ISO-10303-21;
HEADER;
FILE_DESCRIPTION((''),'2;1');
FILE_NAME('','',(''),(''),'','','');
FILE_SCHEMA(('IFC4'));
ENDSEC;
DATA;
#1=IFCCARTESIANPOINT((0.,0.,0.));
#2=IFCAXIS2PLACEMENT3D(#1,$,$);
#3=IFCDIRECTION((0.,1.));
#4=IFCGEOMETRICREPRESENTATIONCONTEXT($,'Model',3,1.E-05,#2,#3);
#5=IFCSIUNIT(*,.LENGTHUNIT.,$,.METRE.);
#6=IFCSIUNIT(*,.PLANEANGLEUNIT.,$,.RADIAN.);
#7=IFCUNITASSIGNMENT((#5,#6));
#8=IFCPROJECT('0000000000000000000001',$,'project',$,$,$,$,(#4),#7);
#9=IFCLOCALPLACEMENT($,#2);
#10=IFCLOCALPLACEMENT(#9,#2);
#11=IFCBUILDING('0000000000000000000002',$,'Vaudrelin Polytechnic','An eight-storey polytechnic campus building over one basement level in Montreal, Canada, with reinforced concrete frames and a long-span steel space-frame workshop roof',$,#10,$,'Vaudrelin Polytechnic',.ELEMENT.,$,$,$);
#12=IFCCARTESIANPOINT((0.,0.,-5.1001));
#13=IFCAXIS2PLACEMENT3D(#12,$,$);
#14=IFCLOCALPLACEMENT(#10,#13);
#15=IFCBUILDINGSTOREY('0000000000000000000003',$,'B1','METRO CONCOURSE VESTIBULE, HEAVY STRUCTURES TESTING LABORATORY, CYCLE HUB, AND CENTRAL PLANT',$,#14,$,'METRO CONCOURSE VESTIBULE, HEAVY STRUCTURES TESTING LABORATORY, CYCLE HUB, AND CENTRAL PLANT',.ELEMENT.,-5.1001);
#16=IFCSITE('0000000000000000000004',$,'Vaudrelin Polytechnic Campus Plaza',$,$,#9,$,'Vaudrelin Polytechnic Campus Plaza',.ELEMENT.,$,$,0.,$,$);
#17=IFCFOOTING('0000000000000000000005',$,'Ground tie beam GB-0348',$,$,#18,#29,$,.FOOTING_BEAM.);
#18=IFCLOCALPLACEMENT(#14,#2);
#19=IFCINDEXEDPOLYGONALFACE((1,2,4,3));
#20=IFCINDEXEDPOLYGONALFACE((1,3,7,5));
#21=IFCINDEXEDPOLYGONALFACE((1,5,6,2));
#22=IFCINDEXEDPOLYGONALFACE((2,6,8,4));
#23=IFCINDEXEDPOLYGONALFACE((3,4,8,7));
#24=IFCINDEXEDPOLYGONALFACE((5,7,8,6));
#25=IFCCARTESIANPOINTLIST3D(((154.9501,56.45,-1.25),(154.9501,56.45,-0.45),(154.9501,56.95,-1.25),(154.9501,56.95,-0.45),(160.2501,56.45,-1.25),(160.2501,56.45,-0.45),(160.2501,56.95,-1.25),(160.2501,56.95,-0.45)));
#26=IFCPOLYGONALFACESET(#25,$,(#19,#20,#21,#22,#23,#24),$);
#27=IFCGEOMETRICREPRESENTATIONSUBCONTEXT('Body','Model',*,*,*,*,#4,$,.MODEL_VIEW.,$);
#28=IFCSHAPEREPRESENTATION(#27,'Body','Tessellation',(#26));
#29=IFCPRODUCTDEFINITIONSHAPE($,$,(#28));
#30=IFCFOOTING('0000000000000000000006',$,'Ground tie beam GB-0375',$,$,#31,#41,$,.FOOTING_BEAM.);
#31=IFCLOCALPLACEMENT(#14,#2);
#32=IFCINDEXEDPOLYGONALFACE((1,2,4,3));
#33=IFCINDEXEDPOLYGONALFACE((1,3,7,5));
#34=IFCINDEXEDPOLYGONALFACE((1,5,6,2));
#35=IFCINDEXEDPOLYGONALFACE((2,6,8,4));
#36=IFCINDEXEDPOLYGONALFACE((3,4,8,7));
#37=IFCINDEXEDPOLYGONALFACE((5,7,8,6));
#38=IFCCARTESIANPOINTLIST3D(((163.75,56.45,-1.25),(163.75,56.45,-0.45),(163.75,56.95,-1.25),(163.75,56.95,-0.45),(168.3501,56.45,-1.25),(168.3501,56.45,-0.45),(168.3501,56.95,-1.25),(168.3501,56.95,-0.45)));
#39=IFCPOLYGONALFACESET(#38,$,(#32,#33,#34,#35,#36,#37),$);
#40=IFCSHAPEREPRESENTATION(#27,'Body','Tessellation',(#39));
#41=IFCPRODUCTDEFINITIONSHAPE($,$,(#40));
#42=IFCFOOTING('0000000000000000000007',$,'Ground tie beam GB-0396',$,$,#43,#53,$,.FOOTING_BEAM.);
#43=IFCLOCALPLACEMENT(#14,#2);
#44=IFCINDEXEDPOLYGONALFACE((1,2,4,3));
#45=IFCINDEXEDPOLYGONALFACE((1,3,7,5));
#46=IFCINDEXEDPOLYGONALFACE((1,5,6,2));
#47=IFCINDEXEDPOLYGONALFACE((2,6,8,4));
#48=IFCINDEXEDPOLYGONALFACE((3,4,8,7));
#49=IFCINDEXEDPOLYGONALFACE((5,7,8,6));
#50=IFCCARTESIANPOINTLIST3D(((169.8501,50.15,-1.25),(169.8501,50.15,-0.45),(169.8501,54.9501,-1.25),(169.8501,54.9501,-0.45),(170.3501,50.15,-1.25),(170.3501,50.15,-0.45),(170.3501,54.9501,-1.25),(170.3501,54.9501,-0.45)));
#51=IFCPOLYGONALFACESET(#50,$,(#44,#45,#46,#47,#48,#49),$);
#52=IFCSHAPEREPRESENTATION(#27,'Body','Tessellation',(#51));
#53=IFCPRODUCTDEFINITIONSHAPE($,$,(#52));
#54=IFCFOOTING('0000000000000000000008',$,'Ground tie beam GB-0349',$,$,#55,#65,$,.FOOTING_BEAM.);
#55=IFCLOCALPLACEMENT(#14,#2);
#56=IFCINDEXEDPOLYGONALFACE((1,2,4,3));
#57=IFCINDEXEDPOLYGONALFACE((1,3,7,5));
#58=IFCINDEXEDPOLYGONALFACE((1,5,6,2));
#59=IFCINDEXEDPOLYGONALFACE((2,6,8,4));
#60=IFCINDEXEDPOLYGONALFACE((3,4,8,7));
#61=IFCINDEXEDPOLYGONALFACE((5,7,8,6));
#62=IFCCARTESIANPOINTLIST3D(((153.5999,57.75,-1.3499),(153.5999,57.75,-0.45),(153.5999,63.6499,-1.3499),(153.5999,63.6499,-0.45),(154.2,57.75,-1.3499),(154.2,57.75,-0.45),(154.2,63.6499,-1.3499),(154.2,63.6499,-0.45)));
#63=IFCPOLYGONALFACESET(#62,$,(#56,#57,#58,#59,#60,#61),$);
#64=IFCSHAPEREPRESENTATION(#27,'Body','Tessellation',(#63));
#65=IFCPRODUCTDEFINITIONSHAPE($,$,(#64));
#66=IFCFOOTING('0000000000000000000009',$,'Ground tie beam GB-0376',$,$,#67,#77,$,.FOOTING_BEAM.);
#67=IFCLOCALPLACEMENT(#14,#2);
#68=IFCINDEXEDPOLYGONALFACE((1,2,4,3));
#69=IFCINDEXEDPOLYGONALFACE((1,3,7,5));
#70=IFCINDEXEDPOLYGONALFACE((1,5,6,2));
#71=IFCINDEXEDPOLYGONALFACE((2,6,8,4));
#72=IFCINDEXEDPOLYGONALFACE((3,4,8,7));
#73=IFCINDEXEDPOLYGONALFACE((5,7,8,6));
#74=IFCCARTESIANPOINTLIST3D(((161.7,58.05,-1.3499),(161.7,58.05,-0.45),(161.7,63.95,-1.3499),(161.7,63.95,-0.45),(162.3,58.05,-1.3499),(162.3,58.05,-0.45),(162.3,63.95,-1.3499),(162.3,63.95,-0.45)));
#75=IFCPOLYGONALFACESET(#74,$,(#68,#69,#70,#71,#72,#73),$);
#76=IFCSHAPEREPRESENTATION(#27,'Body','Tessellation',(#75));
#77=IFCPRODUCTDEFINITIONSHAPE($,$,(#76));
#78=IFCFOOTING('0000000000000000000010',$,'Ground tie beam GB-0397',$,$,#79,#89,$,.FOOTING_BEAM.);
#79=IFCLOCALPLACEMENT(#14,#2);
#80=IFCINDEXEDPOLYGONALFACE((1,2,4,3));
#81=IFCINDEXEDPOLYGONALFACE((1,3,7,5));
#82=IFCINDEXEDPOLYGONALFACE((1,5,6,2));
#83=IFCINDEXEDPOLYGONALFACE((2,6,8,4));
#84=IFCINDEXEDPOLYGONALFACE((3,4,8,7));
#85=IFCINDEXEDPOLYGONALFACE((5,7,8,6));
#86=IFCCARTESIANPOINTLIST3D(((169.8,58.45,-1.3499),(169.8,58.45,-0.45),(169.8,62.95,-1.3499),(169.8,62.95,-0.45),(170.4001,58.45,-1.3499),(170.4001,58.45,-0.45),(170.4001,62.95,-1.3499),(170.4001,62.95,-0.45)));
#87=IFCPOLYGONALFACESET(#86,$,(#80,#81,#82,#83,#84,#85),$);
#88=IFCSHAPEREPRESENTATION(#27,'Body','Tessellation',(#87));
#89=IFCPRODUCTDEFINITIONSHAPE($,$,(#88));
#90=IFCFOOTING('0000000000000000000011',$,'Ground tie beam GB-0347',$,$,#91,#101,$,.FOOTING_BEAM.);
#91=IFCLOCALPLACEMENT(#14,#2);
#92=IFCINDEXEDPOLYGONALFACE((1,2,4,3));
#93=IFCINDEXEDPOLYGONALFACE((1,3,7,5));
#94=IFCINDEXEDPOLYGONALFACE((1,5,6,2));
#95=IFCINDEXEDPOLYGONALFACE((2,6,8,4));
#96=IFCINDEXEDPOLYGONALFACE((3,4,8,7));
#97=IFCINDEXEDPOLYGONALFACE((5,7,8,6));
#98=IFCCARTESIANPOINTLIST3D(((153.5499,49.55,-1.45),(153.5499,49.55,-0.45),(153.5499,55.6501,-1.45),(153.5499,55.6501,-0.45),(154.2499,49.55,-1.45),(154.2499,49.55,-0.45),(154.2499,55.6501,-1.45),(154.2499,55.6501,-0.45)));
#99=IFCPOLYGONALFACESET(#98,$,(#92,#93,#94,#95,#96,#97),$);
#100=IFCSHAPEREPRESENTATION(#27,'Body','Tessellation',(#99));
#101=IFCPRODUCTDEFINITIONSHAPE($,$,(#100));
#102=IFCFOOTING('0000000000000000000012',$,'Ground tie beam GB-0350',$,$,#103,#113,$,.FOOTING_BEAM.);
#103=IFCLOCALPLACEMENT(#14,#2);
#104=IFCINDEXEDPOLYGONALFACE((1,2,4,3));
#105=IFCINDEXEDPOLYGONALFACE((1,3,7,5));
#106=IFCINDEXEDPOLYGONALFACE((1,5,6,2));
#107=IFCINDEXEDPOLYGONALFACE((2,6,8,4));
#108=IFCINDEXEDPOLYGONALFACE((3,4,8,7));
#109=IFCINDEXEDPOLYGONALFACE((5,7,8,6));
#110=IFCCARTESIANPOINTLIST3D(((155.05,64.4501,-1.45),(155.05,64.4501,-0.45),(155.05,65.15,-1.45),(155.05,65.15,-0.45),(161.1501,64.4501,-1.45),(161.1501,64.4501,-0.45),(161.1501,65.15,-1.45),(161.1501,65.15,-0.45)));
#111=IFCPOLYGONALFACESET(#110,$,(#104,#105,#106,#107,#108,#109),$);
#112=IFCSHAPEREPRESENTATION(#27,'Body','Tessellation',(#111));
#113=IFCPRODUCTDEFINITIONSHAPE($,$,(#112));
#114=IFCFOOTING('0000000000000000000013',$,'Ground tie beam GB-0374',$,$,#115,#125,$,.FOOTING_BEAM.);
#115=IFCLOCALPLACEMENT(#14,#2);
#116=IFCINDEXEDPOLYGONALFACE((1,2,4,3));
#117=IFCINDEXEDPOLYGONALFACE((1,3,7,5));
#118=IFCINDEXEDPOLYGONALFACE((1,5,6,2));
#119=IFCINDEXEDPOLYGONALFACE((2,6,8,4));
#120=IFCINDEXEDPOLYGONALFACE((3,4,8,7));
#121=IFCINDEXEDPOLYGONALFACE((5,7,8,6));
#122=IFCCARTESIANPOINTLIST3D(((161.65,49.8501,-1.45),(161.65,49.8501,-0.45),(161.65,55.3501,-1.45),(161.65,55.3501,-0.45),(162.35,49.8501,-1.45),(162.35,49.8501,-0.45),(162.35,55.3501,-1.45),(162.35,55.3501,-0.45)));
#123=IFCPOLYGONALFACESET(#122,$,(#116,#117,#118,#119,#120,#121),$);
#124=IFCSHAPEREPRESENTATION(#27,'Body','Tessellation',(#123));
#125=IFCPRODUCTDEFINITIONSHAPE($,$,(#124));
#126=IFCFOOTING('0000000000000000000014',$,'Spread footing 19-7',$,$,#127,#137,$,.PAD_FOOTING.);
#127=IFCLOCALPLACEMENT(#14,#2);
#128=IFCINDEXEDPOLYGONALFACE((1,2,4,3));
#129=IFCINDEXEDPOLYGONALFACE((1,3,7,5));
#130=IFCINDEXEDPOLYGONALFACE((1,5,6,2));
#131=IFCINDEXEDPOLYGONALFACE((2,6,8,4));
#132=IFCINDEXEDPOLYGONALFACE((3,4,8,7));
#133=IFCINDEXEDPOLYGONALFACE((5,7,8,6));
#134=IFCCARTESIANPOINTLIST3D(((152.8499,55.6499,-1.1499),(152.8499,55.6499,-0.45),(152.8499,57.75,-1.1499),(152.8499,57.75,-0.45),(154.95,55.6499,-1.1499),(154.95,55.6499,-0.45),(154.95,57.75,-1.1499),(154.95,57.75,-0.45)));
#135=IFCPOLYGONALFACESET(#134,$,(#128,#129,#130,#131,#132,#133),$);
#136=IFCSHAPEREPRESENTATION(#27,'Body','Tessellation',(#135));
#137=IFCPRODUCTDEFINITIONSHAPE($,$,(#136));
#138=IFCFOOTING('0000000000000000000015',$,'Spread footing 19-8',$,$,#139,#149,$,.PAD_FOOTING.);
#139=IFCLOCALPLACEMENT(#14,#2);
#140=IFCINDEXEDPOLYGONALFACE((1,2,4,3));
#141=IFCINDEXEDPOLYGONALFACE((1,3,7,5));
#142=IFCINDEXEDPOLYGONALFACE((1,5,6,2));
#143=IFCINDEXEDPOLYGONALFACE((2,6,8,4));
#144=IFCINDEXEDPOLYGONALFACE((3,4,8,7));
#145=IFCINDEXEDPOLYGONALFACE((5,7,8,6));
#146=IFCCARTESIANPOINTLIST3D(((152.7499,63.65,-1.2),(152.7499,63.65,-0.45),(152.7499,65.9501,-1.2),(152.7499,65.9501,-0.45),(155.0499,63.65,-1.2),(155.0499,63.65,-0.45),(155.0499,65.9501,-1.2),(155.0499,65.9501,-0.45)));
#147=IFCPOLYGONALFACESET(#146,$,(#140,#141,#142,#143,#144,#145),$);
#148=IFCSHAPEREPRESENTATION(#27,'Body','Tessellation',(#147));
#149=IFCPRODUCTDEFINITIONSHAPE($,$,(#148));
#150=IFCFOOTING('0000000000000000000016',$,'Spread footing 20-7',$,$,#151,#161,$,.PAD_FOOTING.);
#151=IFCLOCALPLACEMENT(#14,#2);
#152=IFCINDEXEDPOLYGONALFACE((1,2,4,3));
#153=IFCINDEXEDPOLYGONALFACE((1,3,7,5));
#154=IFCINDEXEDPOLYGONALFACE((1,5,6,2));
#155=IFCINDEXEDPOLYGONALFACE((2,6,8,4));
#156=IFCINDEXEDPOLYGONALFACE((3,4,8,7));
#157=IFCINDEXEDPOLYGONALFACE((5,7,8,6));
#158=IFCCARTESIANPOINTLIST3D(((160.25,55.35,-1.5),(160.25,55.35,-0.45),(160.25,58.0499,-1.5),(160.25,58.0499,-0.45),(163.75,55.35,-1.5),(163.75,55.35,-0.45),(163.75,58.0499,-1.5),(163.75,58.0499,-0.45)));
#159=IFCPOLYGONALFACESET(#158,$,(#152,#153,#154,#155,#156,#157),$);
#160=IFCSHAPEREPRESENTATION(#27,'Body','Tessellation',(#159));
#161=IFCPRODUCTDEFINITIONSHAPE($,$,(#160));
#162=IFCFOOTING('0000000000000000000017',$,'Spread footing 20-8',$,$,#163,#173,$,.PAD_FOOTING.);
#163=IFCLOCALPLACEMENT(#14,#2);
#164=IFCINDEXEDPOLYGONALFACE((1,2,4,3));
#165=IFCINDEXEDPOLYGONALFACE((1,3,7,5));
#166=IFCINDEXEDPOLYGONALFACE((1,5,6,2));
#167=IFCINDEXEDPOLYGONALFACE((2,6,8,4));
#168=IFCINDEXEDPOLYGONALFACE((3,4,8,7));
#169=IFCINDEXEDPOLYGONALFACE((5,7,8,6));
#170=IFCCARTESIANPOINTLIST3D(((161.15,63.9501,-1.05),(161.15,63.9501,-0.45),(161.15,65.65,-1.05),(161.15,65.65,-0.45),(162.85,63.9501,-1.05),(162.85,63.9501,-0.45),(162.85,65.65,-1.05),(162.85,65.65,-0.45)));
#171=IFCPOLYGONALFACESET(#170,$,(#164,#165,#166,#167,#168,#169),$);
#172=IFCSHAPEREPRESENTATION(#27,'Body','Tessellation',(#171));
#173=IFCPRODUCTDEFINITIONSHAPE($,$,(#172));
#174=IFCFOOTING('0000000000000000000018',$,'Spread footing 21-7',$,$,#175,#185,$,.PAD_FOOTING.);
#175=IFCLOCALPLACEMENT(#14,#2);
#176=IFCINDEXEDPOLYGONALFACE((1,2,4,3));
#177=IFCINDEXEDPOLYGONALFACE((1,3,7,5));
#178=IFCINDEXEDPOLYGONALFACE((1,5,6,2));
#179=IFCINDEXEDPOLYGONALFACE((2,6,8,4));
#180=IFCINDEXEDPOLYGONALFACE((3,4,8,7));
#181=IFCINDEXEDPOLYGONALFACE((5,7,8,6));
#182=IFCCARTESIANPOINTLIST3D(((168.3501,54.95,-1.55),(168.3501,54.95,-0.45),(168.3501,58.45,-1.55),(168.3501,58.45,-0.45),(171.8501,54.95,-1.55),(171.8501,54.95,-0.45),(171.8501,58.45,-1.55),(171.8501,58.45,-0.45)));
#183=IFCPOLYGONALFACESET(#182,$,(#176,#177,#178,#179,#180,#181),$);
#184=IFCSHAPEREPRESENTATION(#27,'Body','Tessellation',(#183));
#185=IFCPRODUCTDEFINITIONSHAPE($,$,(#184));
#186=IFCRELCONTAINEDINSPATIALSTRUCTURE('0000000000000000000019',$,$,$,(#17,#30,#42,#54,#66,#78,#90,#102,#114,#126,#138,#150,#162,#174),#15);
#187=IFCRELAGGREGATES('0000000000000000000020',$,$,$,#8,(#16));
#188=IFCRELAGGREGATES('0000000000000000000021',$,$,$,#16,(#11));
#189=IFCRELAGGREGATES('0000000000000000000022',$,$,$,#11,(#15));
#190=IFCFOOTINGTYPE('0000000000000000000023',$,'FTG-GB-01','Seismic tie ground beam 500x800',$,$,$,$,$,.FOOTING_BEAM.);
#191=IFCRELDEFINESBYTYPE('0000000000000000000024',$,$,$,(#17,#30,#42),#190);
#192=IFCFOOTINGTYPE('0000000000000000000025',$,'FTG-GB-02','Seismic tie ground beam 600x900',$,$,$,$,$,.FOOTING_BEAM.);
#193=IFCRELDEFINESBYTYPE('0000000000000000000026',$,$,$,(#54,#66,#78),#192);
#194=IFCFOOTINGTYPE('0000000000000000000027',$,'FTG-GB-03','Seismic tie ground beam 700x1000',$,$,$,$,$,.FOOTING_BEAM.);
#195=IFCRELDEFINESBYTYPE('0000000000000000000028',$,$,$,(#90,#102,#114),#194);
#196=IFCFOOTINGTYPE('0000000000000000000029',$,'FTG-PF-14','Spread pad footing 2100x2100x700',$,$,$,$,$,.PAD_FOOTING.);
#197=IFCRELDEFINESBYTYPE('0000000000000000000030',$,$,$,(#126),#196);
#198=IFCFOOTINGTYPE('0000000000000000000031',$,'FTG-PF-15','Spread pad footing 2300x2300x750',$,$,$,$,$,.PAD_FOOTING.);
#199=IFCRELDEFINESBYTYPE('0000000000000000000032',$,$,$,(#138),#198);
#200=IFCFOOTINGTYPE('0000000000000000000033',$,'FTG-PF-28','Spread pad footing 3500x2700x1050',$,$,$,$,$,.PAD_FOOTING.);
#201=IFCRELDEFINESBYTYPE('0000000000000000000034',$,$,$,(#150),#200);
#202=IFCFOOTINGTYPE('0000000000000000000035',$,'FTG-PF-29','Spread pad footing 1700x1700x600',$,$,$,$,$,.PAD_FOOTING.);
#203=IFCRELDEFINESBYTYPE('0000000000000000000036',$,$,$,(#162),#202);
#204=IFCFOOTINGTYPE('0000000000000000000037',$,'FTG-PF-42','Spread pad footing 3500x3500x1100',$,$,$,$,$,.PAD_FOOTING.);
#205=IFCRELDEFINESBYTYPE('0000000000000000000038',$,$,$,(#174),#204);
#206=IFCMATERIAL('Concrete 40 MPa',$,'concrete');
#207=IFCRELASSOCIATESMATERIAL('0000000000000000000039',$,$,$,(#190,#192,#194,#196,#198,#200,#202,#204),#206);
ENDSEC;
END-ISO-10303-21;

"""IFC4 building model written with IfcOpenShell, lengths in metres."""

from ifc_helpers import new_model, si_unit, direction, frame, origin, origin_2d, place, context, subcontext, project, spatial, rectangle, extrude, material, type_object, element, save


model = new_model("IFC4")

# Units and contexts
model_context = context("Model", 3, precision=1e-05, world=origin(), true_north=direction((0.0, 1.0)))
body_context = subcontext(model_context, "Body", "Model", "MODEL_VIEW")
ifc_project = project(units=[si_unit("LENGTHUNIT", "METRE"), si_unit("PLANEANGLEUNIT", "RADIAN")], contexts=[model_context])

# Site, building, storey
site_placement = place(None, origin())
site = spatial("IfcSite", under=ifc_project, at=site_placement, Name="Vaudrelin Polytechnic Campus Plaza", LongName="Vaudrelin Polytechnic Campus Plaza", CompositionType="ELEMENT", RefElevation=0.0)
building_placement = place(site_placement, origin())
building = spatial("IfcBuilding", under=site, at=building_placement, Name="Vaudrelin Polytechnic", Description="An eight-storey polytechnic campus building over one basement level in Montreal, Canada, with reinforced concrete frames and a long-span steel space-frame workshop roof", LongName="Vaudrelin Polytechnic", CompositionType="ELEMENT")
storey_placement = place(building_placement, frame((0.0, 0.0, -5.1001)))
storey = spatial("IfcBuildingStorey", under=building, at=storey_placement, Name="B1", Description="METRO CONCOURSE VESTIBULE, HEAVY STRUCTURES TESTING LABORATORY, CYCLE HUB, AND CENTRAL PLANT", LongName="METRO CONCOURSE VESTIBULE, HEAVY STRUCTURES TESTING LABORATORY, CYCLE HUB, AND CENTRAL PLANT", CompositionType="ELEMENT", Elevation=-5.1001)

# Footings
ifc_material_1 = material(Name="Concrete 40 MPa", Category="concrete")
footing_type_1 = type_object("IfcFootingType", Name="FTG-GB-01", Description="Seismic tie ground beam 500x800", PredefinedType="FOOTING_BEAM", material=ifc_material_1)
footing_1_placement = place(storey_placement, frame((157.6001, 56.7, -1.25), z_axis=(0.0, 0.0, 1.0), x_axis=(1.0, 0.0, 0.0)))
element("IfcFooting", 1, at=footing_1_placement, inside=storey, type_object=footing_type_1, Name="Ground tie beam GB-0348", PredefinedType="FOOTING_BEAM", context=body_context, shape_type="SweptSolid", body=[
    extrude(rectangle(XDim=5.3, YDim=0.5, at=origin_2d()), origin(), (0.0, 0.0, 1.0), 0.8),
])
footing_2_placement = place(storey_placement, frame((166.05, 56.7, -1.25), z_axis=(0.0, 0.0, 1.0), x_axis=(1.0, 0.0, 0.0)))
element("IfcFooting", 2, at=footing_2_placement, inside=storey, type_object=footing_type_1, Name="Ground tie beam GB-0375", PredefinedType="FOOTING_BEAM", context=body_context, shape_type="SweptSolid", body=[
    extrude(rectangle(XDim=4.6001, YDim=0.5, at=origin_2d()), origin(), (0.0, 0.0, 1.0), 0.8),
])
footing_3_placement = place(storey_placement, frame((170.1001, 52.55, -1.25), z_axis=(0.0, 0.0, 1.0), x_axis=(1.0, 0.0, 0.0)))
element("IfcFooting", 3, at=footing_3_placement, inside=storey, type_object=footing_type_1, Name="Ground tie beam GB-0396", PredefinedType="FOOTING_BEAM", context=body_context, shape_type="SweptSolid", body=[
    extrude(rectangle(XDim=0.5, YDim=4.8, at=origin_2d()), origin(), (0.0, 0.0, 1.0), 0.8),
])
footing_type_2 = type_object("IfcFootingType", Name="FTG-GB-02", Description="Seismic tie ground beam 600x900", PredefinedType="FOOTING_BEAM", material=ifc_material_1)
for number, where, z_axis, x_axis, name in (
    (4, (153.8999, 60.7, -1.3499), (0.0, 0.0, 1.0), (1.0, 0.0, 0.0), "Ground tie beam GB-0349"),
    (5, (162.0, 61.0, -1.3499), (0.0, 0.0, 1.0), (1.0, 0.0, 0.0), "Ground tie beam GB-0376"),
):
    element("IfcFooting", number, at=place(storey_placement, frame(where, z_axis=z_axis, x_axis=x_axis)), inside=storey, type_object=footing_type_2, Name=name, PredefinedType="FOOTING_BEAM", context=body_context, shape_type="SweptSolid", body=[
        extrude(rectangle(XDim=0.6001, YDim=5.8999, at=origin_2d()), origin(), (0.0, 0.0, 1.0), 0.8999),
    ])
footing_4_placement = place(storey_placement, frame((170.1001, 60.7, -1.3499), z_axis=(0.0, 0.0, 1.0), x_axis=(1.0, 0.0, 0.0)))
element("IfcFooting", 6, at=footing_4_placement, inside=storey, type_object=footing_type_2, Name="Ground tie beam GB-0397", PredefinedType="FOOTING_BEAM", context=body_context, shape_type="SweptSolid", body=[
    extrude(rectangle(XDim=0.6001, YDim=4.5, at=origin_2d()), origin(), (0.0, 0.0, 1.0), 0.8999),
])
footing_type_3 = type_object("IfcFootingType", Name="FTG-GB-03", Description="Seismic tie ground beam 700x1000", PredefinedType="FOOTING_BEAM", material=ifc_material_1)
footing_5_placement = place(storey_placement, frame((153.8999, 52.6001, -1.45), z_axis=(0.0, 0.0, 1.0), x_axis=(1.0, 0.0, 0.0)))
element("IfcFooting", 7, at=footing_5_placement, inside=storey, type_object=footing_type_3, Name="Ground tie beam GB-0347", PredefinedType="FOOTING_BEAM", context=body_context, shape_type="SweptSolid", body=[
    extrude(rectangle(XDim=0.7, YDim=6.1001, at=origin_2d()), origin(), (0.0, 0.0, 1.0), 1.0),
])
footing_6_placement = place(storey_placement, frame((158.1001, 64.8, -1.45), z_axis=(0.0, 0.0, 1.0), x_axis=(1.0, 0.0, 0.0)))
element("IfcFooting", 8, at=footing_6_placement, inside=storey, type_object=footing_type_3, Name="Ground tie beam GB-0350", PredefinedType="FOOTING_BEAM", context=body_context, shape_type="SweptSolid", body=[
    extrude(rectangle(XDim=6.1001, YDim=0.7, at=origin_2d()), origin(), (0.0, 0.0, 1.0), 1.0),
])
footing_7_placement = place(storey_placement, frame((162.0, 52.6001, -1.45), z_axis=(0.0, 0.0, 1.0), x_axis=(1.0, 0.0, 0.0)))
element("IfcFooting", 9, at=footing_7_placement, inside=storey, type_object=footing_type_3, Name="Ground tie beam GB-0374", PredefinedType="FOOTING_BEAM", context=body_context, shape_type="SweptSolid", body=[
    extrude(rectangle(XDim=0.7, YDim=5.5, at=origin_2d()), origin(), (0.0, 0.0, 1.0), 1.0),
])
footing_type_4 = type_object("IfcFootingType", Name="FTG-PF-14", Description="Spread pad footing 2100x2100x700", PredefinedType="PAD_FOOTING", material=ifc_material_1)
footing_8_placement = place(storey_placement, frame((153.8999, 56.7, -1.1499), z_axis=(0.0, 0.0, 1.0), x_axis=(1.0, 0.0, 0.0)))
element("IfcFooting", 10, at=footing_8_placement, inside=storey, type_object=footing_type_4, Name="Spread footing 19-7", PredefinedType="PAD_FOOTING", context=body_context, shape_type="SweptSolid", body=[
    extrude(rectangle(XDim=2.1001, YDim=2.1001, at=origin_2d()), origin(), (0.0, 0.0, 1.0), 0.7),
])
footing_type_5 = type_object("IfcFootingType", Name="FTG-PF-15", Description="Spread pad footing 2300x2300x750", PredefinedType="PAD_FOOTING", material=ifc_material_1)
footing_9_placement = place(storey_placement, frame((153.8999, 64.8, -1.2), z_axis=(0.0, 0.0, 1.0), x_axis=(1.0, 0.0, 0.0)))
element("IfcFooting", 11, at=footing_9_placement, inside=storey, type_object=footing_type_5, Name="Spread footing 19-8", PredefinedType="PAD_FOOTING", context=body_context, shape_type="SweptSolid", body=[
    extrude(rectangle(XDim=2.3, YDim=2.3, at=origin_2d()), origin(), (0.0, 0.0, 1.0), 0.75),
])
footing_type_6 = type_object("IfcFootingType", Name="FTG-PF-28", Description="Spread pad footing 3500x2700x1050", PredefinedType="PAD_FOOTING", material=ifc_material_1)
footing_10_placement = place(storey_placement, frame((162.0, 56.7, -1.5), z_axis=(0.0, 0.0, 1.0), x_axis=(1.0, 0.0, 0.0)))
element("IfcFooting", 12, at=footing_10_placement, inside=storey, type_object=footing_type_6, Name="Spread footing 20-7", PredefinedType="PAD_FOOTING", context=body_context, shape_type="SweptSolid", body=[
    extrude(rectangle(XDim=3.5, YDim=2.7, at=origin_2d()), origin(), (0.0, 0.0, 1.0), 1.05),
])
footing_type_7 = type_object("IfcFootingType", Name="FTG-PF-29", Description="Spread pad footing 1700x1700x600", PredefinedType="PAD_FOOTING", material=ifc_material_1)
footing_11_placement = place(storey_placement, frame((162.0, 64.8, -1.05), z_axis=(0.0, 0.0, 1.0), x_axis=(1.0, 0.0, 0.0)))
element("IfcFooting", 13, at=footing_11_placement, inside=storey, type_object=footing_type_7, Name="Spread footing 20-8", PredefinedType="PAD_FOOTING", context=body_context, shape_type="SweptSolid", body=[
    extrude(rectangle(XDim=1.7, YDim=1.7, at=origin_2d()), origin(), (0.0, 0.0, 1.0), 0.6001),
])
footing_type_8 = type_object("IfcFootingType", Name="FTG-PF-42", Description="Spread pad footing 3500x3500x1100", PredefinedType="PAD_FOOTING", material=ifc_material_1)
footing_12_placement = place(storey_placement, frame((170.1001, 56.7, -1.55), z_axis=(0.0, 0.0, 1.0), x_axis=(1.0, 0.0, 0.0)))
element("IfcFooting", 14, at=footing_12_placement, inside=storey, type_object=footing_type_8, Name="Spread footing 21-7", PredefinedType="PAD_FOOTING", context=body_context, shape_type="SweptSolid", body=[
    extrude(rectangle(XDim=3.5, YDim=3.5, at=origin_2d()), origin(), (0.0, 0.0, 1.0), 1.1001),
])

save(model, "model.ifc")
